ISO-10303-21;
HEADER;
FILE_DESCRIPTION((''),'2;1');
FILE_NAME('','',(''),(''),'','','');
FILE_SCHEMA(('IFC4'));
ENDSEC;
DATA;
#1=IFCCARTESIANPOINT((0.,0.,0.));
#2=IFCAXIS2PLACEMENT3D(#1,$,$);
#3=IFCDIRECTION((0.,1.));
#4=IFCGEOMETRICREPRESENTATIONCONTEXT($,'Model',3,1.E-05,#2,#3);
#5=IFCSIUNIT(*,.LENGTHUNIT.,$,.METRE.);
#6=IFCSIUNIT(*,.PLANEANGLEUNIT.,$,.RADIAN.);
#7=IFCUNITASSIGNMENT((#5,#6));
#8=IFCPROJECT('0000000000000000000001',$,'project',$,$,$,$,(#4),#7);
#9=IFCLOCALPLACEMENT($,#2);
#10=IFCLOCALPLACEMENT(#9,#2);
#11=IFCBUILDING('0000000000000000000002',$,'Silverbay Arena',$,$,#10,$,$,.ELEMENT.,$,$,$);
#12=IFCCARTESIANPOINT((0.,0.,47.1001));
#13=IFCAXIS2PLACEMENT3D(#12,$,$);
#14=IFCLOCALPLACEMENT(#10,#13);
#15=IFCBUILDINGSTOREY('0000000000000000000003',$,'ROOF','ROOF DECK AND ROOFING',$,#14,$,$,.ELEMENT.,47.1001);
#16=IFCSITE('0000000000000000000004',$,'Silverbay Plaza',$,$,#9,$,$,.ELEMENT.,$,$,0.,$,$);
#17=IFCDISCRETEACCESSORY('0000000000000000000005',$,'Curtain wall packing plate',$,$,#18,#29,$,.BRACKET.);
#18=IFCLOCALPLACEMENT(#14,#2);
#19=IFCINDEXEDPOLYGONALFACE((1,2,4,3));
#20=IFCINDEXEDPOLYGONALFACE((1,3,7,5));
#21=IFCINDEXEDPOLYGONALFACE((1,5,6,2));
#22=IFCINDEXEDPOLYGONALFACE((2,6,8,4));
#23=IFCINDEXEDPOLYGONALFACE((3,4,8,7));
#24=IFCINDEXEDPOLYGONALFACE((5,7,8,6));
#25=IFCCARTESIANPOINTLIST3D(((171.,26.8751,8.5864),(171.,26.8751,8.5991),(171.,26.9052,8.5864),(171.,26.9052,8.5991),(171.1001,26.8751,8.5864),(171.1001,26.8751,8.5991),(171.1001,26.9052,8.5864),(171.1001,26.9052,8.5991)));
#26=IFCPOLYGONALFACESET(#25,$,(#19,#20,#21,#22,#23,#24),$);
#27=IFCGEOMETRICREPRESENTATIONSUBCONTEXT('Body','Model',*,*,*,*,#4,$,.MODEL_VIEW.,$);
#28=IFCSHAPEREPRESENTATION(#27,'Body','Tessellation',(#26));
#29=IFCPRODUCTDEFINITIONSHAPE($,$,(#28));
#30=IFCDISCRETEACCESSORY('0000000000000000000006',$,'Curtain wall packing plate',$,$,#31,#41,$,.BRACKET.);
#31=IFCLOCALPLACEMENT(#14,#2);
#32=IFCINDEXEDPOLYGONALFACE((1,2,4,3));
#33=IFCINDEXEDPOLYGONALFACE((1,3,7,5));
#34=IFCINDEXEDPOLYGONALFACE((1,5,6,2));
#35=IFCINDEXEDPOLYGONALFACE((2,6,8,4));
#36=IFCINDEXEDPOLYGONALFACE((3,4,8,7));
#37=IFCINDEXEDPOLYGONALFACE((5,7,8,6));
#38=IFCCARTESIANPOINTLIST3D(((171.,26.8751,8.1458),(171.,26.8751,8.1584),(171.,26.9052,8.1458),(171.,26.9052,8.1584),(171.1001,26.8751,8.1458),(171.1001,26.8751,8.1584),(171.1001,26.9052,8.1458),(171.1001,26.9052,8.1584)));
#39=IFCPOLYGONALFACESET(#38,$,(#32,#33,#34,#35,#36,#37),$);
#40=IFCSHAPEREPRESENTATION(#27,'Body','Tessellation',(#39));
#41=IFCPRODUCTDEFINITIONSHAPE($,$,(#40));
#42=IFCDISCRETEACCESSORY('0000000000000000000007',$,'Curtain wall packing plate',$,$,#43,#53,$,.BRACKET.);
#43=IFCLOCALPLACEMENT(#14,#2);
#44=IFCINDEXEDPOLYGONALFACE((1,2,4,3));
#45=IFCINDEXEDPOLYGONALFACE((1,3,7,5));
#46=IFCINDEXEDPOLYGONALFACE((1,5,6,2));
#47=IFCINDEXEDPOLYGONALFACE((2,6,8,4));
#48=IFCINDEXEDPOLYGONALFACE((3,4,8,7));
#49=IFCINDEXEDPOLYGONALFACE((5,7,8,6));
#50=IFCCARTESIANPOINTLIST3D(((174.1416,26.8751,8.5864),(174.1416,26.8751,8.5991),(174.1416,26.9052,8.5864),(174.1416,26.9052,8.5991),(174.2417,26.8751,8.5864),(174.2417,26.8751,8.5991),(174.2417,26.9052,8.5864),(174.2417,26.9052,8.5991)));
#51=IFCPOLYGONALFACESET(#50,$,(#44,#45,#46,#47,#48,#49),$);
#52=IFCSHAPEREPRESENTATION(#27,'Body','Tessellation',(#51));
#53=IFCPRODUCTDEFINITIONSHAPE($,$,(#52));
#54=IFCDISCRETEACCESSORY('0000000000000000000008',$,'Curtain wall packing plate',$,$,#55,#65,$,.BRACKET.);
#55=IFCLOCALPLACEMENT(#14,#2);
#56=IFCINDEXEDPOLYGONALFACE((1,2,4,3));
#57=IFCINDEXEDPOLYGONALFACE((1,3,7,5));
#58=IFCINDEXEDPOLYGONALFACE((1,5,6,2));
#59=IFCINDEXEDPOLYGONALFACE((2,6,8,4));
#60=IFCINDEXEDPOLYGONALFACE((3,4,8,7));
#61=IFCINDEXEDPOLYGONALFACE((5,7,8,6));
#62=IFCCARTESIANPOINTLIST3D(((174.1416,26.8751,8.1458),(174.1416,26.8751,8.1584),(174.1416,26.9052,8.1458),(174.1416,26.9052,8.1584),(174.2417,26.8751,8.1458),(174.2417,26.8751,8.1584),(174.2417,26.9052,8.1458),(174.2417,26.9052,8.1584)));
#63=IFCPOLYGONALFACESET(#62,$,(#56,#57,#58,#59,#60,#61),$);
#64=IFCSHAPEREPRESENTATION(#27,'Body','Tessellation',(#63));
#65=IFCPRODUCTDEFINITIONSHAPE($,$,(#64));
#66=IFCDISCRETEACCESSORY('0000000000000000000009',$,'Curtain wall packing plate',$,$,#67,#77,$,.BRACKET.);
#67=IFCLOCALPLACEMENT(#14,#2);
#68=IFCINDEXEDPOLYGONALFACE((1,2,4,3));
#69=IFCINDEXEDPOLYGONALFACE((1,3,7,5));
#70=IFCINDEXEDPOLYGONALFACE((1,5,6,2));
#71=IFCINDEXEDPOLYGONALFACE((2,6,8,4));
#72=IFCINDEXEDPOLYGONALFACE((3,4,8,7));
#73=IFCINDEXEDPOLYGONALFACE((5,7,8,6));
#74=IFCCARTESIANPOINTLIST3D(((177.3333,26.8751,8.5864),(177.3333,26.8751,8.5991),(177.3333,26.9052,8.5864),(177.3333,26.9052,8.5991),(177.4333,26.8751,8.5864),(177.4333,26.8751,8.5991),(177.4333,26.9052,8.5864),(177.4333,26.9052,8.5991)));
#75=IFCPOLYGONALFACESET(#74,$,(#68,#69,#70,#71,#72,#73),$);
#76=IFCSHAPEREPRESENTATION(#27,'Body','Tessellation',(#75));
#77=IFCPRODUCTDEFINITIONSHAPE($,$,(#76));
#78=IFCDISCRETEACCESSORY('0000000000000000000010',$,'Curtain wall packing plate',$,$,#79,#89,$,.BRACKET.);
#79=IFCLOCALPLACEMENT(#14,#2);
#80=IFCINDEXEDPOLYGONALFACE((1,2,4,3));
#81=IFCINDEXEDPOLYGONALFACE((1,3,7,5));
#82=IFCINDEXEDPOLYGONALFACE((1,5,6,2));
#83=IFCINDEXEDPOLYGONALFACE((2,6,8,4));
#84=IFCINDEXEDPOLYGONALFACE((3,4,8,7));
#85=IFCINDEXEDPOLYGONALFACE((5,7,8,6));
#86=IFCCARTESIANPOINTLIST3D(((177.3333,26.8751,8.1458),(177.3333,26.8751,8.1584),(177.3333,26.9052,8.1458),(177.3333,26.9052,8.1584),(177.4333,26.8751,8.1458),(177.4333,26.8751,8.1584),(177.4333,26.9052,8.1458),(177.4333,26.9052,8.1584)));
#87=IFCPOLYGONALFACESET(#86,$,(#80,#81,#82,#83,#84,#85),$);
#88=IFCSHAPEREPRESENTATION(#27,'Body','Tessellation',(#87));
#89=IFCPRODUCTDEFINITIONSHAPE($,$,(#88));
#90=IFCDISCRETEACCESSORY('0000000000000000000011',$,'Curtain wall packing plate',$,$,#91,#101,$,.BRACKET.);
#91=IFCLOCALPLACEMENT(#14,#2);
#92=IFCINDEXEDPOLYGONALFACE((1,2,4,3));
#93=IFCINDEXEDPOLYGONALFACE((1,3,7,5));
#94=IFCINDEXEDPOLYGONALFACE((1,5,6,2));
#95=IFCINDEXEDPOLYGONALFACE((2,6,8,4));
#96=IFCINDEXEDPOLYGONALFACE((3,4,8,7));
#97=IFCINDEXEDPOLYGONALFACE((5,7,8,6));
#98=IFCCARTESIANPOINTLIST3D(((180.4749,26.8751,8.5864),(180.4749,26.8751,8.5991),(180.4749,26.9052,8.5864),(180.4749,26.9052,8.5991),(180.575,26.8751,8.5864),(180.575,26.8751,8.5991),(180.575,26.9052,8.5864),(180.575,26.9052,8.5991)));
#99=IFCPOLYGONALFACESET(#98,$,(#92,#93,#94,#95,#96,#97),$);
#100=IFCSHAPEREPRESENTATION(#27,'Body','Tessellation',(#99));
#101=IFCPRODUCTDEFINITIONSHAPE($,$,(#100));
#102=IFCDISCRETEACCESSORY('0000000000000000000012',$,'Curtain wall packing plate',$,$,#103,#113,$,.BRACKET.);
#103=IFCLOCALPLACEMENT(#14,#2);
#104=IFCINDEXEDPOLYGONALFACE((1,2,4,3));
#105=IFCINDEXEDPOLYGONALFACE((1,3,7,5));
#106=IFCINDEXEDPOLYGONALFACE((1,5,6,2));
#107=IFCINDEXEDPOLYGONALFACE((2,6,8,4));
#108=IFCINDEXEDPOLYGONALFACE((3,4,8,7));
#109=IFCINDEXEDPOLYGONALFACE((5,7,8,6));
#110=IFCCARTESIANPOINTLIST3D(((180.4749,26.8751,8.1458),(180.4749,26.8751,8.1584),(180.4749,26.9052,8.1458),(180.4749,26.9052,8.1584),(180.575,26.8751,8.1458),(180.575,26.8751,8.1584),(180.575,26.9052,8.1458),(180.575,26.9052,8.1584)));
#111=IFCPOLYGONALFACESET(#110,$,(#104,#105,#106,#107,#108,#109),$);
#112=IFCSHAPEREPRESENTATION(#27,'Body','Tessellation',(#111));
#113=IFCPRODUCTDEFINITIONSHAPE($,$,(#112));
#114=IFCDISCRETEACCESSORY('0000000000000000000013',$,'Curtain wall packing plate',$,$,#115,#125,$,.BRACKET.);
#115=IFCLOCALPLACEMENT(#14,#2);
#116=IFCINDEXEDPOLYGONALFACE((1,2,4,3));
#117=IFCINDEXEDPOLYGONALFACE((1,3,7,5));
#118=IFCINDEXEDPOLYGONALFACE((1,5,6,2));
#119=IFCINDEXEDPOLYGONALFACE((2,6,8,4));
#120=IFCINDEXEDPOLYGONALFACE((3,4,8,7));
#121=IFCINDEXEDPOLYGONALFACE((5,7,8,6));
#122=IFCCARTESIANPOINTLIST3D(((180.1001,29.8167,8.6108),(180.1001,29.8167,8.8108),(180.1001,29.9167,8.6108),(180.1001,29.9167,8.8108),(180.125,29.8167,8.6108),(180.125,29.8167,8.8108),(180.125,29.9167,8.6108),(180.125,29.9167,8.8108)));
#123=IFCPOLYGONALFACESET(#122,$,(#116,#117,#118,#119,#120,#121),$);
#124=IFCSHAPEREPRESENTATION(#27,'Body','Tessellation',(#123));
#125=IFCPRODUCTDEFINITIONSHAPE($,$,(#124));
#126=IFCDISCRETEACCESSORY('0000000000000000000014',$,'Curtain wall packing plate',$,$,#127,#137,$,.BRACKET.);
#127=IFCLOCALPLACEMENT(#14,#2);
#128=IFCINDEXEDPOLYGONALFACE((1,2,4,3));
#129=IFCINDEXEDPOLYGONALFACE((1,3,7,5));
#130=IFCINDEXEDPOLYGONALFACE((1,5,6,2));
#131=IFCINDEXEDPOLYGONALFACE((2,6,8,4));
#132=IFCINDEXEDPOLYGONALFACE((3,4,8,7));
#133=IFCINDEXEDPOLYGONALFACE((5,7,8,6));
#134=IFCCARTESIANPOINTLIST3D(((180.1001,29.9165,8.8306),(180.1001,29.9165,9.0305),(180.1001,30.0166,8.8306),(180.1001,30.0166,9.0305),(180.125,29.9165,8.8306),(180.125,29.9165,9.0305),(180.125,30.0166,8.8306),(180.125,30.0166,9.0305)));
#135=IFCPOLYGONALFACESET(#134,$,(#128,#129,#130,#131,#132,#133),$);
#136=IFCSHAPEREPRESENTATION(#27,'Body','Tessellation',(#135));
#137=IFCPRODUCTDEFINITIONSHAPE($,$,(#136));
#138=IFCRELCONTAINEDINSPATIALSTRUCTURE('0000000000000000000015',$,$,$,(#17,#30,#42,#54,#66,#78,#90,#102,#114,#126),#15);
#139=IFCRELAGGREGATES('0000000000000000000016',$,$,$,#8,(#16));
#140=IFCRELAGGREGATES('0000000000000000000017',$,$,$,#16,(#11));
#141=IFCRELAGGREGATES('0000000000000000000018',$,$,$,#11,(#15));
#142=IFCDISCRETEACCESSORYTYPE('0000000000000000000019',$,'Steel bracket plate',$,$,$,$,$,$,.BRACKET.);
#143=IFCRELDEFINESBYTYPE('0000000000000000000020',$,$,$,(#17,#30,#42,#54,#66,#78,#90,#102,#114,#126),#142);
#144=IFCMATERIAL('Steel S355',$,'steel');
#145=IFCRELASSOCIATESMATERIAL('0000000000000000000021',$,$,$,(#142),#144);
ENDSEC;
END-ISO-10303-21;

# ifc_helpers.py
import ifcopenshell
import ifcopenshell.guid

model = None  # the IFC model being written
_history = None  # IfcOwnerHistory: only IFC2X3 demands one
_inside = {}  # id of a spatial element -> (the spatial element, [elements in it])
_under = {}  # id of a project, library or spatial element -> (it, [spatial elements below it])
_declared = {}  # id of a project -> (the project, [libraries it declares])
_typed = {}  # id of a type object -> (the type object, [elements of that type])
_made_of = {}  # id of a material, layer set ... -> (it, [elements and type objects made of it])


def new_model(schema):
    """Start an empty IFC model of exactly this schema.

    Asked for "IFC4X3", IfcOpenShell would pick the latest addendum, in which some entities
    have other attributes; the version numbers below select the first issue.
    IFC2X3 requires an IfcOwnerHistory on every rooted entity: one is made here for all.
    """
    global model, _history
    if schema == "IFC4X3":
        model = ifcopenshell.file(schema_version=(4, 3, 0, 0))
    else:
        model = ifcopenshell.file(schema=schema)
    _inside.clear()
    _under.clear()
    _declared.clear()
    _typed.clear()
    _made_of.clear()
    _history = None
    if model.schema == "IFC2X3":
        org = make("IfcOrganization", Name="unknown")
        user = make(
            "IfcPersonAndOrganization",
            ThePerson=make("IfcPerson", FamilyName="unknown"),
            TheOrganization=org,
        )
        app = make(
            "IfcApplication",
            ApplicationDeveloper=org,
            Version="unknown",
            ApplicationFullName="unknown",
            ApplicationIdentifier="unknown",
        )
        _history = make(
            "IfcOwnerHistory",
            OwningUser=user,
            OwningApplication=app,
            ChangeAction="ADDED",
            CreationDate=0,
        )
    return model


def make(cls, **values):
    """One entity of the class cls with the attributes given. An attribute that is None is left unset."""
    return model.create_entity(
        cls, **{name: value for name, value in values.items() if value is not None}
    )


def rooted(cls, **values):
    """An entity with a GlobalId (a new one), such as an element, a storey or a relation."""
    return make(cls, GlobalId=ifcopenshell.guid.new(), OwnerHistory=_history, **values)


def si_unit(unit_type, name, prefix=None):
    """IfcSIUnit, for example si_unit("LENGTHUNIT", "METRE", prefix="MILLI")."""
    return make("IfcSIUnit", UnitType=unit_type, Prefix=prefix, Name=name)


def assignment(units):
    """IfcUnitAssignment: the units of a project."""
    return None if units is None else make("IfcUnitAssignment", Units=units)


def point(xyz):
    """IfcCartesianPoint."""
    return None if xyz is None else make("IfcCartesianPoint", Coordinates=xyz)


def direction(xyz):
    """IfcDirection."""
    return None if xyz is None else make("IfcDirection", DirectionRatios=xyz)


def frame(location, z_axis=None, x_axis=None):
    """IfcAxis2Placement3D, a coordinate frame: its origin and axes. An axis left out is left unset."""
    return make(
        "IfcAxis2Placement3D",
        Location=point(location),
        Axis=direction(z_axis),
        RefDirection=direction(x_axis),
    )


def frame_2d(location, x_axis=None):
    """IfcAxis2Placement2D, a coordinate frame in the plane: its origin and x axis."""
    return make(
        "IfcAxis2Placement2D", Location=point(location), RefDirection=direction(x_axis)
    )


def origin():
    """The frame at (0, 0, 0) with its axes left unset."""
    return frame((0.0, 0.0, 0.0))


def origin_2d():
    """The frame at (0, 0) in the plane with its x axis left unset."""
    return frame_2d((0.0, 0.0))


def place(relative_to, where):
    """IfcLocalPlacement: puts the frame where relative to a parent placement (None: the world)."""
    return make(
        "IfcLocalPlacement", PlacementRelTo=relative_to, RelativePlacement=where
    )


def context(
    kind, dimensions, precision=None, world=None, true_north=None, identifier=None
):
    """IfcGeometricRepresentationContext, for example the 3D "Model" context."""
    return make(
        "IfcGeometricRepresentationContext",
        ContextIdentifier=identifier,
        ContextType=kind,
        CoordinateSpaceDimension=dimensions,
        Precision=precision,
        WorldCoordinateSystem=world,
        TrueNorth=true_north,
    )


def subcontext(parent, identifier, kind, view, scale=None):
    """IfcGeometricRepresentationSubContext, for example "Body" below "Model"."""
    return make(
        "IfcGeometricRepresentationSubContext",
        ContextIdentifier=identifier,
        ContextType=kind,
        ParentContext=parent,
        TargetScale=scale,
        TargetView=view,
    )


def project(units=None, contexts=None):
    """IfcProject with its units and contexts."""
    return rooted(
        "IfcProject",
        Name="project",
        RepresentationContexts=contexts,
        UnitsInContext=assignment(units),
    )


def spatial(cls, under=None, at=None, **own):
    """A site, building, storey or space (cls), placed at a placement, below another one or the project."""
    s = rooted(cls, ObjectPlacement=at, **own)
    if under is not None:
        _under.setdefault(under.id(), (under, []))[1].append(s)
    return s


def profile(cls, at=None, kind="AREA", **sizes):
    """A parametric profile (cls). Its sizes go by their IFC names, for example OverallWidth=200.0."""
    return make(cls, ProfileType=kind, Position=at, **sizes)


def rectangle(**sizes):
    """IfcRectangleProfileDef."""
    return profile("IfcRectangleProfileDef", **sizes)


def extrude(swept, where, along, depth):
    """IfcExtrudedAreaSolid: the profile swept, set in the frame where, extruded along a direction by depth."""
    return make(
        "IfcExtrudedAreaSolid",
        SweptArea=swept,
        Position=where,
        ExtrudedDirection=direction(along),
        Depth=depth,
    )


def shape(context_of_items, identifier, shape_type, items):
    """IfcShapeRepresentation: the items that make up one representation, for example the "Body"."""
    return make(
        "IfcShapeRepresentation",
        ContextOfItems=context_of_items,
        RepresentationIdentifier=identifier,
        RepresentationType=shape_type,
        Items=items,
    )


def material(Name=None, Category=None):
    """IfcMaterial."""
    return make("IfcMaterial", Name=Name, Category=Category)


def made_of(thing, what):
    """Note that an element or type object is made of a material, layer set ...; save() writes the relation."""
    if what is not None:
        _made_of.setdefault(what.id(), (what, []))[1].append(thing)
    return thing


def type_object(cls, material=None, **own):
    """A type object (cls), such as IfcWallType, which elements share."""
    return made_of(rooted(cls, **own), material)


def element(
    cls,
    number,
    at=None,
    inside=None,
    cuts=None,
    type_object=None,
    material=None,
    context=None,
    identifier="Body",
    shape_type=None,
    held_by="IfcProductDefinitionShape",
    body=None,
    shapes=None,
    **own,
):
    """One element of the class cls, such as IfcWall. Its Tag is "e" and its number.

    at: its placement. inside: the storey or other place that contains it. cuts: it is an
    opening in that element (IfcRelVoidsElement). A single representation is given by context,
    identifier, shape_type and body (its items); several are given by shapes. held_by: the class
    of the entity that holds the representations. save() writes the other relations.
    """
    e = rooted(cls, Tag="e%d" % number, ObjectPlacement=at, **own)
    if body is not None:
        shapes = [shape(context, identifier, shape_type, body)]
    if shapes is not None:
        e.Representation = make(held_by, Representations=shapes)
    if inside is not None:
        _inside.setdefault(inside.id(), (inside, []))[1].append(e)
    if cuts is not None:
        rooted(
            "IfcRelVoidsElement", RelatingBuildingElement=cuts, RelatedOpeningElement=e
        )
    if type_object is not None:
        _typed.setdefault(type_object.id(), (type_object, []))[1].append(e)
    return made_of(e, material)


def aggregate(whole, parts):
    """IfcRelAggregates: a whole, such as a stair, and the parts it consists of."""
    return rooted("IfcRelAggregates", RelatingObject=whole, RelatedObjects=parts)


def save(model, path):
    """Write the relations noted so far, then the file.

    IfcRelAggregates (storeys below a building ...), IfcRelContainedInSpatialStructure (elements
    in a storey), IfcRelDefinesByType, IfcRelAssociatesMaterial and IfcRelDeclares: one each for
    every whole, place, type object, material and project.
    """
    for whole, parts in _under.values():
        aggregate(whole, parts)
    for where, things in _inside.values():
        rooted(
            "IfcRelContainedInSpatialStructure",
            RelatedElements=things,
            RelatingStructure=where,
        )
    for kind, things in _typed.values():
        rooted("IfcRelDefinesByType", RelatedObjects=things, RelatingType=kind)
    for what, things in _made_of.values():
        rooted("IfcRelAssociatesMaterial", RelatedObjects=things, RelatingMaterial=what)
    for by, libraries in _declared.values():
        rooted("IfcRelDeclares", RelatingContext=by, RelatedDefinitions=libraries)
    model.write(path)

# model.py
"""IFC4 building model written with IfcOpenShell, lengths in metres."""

from ifc_helpers import new_model, si_unit, direction, frame, origin, origin_2d, place, context, subcontext, project, spatial, rectangle, extrude, material, type_object, element, save


model = new_model("IFC4")

# Units and contexts
model_context = context("Model", 3, precision=1e-05, world=origin(), true_north=direction((0.0, 1.0)))
body_context = subcontext(model_context, "Body", "Model", "MODEL_VIEW")
ifc_project = project(units=[si_unit("LENGTHUNIT", "METRE"), si_unit("PLANEANGLEUNIT", "RADIAN")], contexts=[model_context])

# Site, building, storey
site_placement = place(None, origin())
site = spatial("IfcSite", under=ifc_project, at=site_placement, Name="Silverbay Plaza", CompositionType="ELEMENT", RefElevation=0.0)
building_placement = place(site_placement, origin())
building = spatial("IfcBuilding", under=site, at=building_placement, Name="Silverbay Arena", CompositionType="ELEMENT")
storey_placement = place(building_placement, frame((0.0, 0.0, 47.1001)))
storey = spatial("IfcBuildingStorey", under=building, at=storey_placement, Name="ROOF", Description="ROOF DECK AND ROOFING", CompositionType="ELEMENT", Elevation=47.1001)

# Discrete accessories
ifc_material_1 = material(Name="Steel S355", Category="steel")
discrete_accessory_type_1 = type_object("IfcDiscreteAccessoryType", Name="Steel bracket plate", PredefinedType="BRACKET", material=ifc_material_1)
for number, where, z_axis, x_axis, name in (
    (1, (171.05, 26.8901, 8.5864), (0.0, 0.0, 1.0), (1.0, 0.0, 0.0), "Curtain wall packing plate"),
    (2, (171.05, 26.8901, 8.1458), (0.0, 0.0, 1.0), (1.0, 0.0, 0.0), "Curtain wall packing plate"),
    (3, (174.1917, 26.8901, 8.5864), (0.0, 0.0, 1.0), (1.0, 0.0, 0.0), "Curtain wall packing plate"),
    (4, (174.1917, 26.8901, 8.1458), (0.0, 0.0, 1.0), (1.0, 0.0, 0.0), "Curtain wall packing plate"),
    (5, (177.3833, 26.8901, 8.5864), (0.0, 0.0, 1.0), (1.0, 0.0, 0.0), "Curtain wall packing plate"),
    (6, (177.3833, 26.8901, 8.1458), (0.0, 0.0, 1.0), (1.0, 0.0, 0.0), "Curtain wall packing plate"),
    (7, (180.5249, 26.8901, 8.5864), (0.0, 0.0, 1.0), (1.0, 0.0, 0.0), "Curtain wall packing plate"),
    (8, (180.5249, 26.8901, 8.1458), (0.0, 0.0, 1.0), (1.0, 0.0, 0.0), "Curtain wall packing plate"),
):
    element("IfcDiscreteAccessory", number, at=place(storey_placement, frame(where, z_axis=z_axis, x_axis=x_axis)), inside=storey, type_object=discrete_accessory_type_1, Name=name, PredefinedType="BRACKET", context=body_context, shape_type="SweptSolid", body=[
        extrude(rectangle(XDim=0.1001, YDim=0.03, at=origin_2d()), origin(), (0.0, 0.0, 1.0), 0.0127),
    ])
for number, where, z_axis, x_axis, name in (
    (9, (180.1125, 29.8667, 8.6108), (0.0, 0.0, 1.0), (1.0, 0.0, 0.0), "Curtain wall packing plate"),
    (10, (180.1125, 29.9666, 8.8306), (0.0, 0.0, 1.0), (1.0, 0.0, 0.0), "Curtain wall packing plate"),
):
    element("IfcDiscreteAccessory", number, at=place(storey_placement, frame(where, z_axis=z_axis, x_axis=x_axis)), inside=storey, type_object=discrete_accessory_type_1, Name=name, PredefinedType="BRACKET", context=body_context, shape_type="SweptSolid", body=[
        extrude(rectangle(XDim=0.0249, YDim=0.1001, at=origin_2d()), origin(), (0.0, 0.0, 1.0), 0.2),
    ])

save(model, "model.ifc")
